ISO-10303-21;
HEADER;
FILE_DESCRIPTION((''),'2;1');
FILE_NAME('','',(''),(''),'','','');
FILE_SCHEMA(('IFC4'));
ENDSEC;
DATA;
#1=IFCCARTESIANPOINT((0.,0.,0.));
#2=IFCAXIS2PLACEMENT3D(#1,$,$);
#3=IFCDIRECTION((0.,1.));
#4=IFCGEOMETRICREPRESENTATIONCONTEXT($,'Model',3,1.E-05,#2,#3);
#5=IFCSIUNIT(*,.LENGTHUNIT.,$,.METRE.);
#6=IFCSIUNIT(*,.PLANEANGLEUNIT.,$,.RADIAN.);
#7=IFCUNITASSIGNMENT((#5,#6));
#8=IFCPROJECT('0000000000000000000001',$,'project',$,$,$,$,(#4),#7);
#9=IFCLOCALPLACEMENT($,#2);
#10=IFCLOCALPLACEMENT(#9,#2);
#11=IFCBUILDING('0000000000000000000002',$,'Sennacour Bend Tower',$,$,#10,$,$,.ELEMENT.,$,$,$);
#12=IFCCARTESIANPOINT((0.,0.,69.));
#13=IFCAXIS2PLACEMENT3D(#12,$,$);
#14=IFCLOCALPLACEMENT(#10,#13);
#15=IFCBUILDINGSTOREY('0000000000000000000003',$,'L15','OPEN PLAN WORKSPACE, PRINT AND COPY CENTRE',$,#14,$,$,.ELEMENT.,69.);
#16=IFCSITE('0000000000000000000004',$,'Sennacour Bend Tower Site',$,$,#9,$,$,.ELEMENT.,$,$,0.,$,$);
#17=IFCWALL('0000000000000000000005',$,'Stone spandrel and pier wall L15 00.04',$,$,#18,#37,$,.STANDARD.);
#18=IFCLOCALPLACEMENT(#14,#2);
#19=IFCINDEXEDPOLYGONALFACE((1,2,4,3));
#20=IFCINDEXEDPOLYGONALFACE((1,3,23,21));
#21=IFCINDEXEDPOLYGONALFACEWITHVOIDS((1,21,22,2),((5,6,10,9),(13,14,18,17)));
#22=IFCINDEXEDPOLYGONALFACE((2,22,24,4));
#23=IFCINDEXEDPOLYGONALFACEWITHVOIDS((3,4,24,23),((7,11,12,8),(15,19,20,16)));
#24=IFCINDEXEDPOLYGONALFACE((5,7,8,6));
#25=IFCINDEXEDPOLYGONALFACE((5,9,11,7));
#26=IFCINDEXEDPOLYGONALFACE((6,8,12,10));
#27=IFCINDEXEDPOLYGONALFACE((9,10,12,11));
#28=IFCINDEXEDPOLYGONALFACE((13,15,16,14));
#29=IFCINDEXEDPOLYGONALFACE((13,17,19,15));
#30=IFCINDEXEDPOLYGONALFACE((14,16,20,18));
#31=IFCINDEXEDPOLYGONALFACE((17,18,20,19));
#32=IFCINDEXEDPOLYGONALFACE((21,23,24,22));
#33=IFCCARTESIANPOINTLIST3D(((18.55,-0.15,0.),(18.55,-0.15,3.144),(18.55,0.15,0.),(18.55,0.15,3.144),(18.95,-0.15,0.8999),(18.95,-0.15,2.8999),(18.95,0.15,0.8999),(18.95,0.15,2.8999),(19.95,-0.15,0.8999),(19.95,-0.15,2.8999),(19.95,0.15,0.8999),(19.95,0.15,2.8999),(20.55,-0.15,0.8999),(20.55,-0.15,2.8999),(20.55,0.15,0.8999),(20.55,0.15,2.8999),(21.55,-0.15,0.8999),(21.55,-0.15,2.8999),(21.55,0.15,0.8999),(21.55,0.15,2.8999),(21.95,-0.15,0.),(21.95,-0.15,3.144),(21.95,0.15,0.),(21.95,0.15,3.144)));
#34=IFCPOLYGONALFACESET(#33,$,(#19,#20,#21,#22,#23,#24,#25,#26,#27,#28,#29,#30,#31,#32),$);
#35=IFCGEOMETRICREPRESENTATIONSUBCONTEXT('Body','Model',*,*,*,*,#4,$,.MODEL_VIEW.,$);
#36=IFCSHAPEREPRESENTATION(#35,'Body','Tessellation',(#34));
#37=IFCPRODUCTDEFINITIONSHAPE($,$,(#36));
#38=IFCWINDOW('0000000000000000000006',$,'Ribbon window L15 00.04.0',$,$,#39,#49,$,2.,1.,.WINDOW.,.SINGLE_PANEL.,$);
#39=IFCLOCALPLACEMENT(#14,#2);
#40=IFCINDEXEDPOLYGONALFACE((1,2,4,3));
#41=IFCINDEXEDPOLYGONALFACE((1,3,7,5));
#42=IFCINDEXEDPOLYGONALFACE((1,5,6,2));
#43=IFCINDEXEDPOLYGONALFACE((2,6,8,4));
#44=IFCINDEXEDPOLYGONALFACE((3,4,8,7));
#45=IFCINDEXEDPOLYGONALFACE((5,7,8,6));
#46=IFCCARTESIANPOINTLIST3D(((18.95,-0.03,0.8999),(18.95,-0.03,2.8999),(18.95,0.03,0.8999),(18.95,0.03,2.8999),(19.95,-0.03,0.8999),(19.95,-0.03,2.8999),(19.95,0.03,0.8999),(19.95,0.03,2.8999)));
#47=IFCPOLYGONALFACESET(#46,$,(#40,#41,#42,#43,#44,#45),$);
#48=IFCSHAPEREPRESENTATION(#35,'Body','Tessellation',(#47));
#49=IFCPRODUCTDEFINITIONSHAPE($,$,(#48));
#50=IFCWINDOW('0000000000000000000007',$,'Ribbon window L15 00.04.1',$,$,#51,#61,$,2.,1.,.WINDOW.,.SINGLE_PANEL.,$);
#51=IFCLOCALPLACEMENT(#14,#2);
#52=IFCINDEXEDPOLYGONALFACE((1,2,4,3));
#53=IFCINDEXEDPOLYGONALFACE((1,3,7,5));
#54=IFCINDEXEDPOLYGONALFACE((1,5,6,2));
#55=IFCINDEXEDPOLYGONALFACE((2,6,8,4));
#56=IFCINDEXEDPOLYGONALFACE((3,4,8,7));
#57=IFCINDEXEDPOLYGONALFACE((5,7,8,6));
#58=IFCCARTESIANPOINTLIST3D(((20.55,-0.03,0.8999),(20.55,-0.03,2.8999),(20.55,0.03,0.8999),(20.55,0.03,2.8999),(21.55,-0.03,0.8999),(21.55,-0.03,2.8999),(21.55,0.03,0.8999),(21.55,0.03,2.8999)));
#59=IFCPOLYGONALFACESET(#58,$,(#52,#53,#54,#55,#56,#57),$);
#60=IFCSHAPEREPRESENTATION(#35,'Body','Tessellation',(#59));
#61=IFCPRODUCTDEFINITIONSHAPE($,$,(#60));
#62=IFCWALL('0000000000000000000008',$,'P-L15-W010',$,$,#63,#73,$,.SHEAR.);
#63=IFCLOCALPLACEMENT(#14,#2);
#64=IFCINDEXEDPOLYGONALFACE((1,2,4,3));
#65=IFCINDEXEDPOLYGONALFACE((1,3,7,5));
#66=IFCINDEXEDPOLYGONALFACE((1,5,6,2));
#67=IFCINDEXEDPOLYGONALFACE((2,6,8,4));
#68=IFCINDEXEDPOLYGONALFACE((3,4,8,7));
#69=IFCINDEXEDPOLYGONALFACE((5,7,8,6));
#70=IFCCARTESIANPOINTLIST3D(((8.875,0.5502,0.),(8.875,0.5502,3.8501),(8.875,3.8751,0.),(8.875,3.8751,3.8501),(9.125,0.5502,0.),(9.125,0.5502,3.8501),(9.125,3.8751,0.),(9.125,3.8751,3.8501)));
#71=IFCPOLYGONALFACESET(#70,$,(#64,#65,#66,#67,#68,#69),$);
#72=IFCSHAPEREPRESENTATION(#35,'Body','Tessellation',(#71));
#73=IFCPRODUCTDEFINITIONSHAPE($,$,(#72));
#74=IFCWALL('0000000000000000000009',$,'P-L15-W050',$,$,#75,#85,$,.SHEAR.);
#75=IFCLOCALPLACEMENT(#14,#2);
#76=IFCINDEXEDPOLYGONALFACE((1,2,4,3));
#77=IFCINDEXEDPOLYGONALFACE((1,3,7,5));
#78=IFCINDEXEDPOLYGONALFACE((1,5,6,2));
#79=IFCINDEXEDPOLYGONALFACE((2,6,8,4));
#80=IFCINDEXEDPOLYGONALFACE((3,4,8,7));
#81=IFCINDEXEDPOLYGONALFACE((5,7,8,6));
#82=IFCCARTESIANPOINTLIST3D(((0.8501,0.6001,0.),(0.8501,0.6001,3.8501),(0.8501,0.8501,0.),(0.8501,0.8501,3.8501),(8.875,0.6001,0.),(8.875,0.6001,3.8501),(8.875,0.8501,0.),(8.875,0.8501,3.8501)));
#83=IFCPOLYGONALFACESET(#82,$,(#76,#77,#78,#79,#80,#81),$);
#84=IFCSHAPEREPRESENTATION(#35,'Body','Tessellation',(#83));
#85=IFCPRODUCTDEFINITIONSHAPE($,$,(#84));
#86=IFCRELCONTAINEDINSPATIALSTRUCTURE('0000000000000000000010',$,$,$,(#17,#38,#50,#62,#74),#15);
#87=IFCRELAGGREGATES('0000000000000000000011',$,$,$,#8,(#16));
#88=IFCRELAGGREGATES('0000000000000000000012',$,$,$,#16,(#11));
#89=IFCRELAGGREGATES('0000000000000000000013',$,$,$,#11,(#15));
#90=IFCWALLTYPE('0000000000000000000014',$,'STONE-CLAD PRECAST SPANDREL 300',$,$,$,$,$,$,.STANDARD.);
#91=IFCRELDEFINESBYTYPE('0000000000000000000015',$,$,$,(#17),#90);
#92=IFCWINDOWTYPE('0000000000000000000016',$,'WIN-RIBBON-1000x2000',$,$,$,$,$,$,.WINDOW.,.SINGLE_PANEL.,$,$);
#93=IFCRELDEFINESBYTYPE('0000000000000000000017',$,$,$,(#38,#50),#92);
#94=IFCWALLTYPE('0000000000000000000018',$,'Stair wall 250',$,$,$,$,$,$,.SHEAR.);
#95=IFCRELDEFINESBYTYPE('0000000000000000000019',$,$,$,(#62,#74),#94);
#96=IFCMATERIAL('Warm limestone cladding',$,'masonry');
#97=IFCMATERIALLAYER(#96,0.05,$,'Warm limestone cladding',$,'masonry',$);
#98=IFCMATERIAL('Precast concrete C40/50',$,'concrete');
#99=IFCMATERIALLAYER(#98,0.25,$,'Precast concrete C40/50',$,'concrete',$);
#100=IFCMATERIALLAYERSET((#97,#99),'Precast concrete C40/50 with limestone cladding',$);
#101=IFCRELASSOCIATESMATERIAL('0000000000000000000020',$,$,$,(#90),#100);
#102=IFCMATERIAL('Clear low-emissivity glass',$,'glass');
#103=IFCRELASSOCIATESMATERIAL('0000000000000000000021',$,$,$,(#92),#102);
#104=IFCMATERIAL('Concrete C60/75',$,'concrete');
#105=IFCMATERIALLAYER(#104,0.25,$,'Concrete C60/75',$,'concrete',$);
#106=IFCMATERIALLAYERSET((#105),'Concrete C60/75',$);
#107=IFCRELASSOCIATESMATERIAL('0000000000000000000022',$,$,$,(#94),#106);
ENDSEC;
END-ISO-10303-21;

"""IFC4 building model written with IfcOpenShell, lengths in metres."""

from ifc_helpers import new_model, si_unit, direction, frame, frame_2d, origin, place, context, subcontext, project, spatial, rectangle, extrude, material, layer, layer_set, type_object, element, fill, save


model = new_model("IFC4")

# Units and contexts
model_context = context("Model", 3, precision=1e-05, world=origin(), true_north=direction((0.0, 1.0)))
body_context = subcontext(model_context, "Body", "Model", "MODEL_VIEW")
ifc_project = project(units=[si_unit("LENGTHUNIT", "METRE"), si_unit("PLANEANGLEUNIT", "RADIAN")], contexts=[model_context])

# Site, building, storey
site_placement = place(None, origin())
site = spatial("IfcSite", under=ifc_project, at=site_placement, Name="Sennacour Bend Tower Site", CompositionType="ELEMENT", RefElevation=0.0)
building_placement = place(site_placement, origin())
building = spatial("IfcBuilding", under=site, at=building_placement, Name="Sennacour Bend Tower", CompositionType="ELEMENT")
storey_placement = place(building_placement, frame((0.0, 0.0, 69.0)))
storey = spatial("IfcBuildingStorey", under=building, at=storey_placement, Name="L15", Description="OPEN PLAN WORKSPACE, PRINT AND COPY CENTRE", CompositionType="ELEMENT", Elevation=69.0)

# Wall, openings, windows
ifc_material_1 = material(Name="Warm limestone cladding", Category="masonry")
ifc_layer_1 = layer(ifc_material_1, 0.05, Name="Warm limestone cladding", Category="masonry")
ifc_material_2 = material(Name="Precast concrete C40/50", Category="concrete")
ifc_layer_2 = layer(ifc_material_2, 0.25, Name="Precast concrete C40/50", Category="concrete")
ifc_layer_set_1 = layer_set([ifc_layer_1, ifc_layer_2], Name="Precast concrete C40/50 with limestone cladding")
wall_type_1 = type_object("IfcWallType", Name="STONE-CLAD PRECAST SPANDREL 300", PredefinedType="STANDARD", material=ifc_layer_set_1)
ifc_material_3 = material(Name="Clear low-emissivity glass", Category="glass")
window_type = type_object("IfcWindowType", Name="WIN-RIBBON-1000x2000", PartitioningType="SINGLE_PANEL", PredefinedType="WINDOW", material=ifc_material_3)
wall_1_placement = place(storey_placement, frame((18.55, 0.0, 0.0), z_axis=(0.0, 0.0, 1.0), x_axis=(1.0, 0.0, 0.0)))
wall_1 = element("IfcWall", 1, at=wall_1_placement, inside=storey, type_object=wall_type_1, Name="Stone spandrel and pier wall L15 00.04", PredefinedType="STANDARD", context=body_context, shape_type="SweptSolid", body=[
    extrude(rectangle(XDim=3.3999, YDim=0.3, at=frame_2d((1.7, 0.0))), origin(), (0.0, 0.0, 1.0), 3.144),
])
opening_1_placement = place(wall_1_placement, frame((0.3999, 0.0, 0.8999)))
opening_1 = element("IfcOpeningElement", 2, at=opening_1_placement, cuts=wall_1, PredefinedType="OPENING", context=body_context, shape_type="SweptSolid", body=[
    extrude(rectangle(XDim=1.0, YDim=2.0, at=frame_2d((0.5, 1.0))), frame((0.0, 0.1602, 0.0), z_axis=(0.0, -1.0, 0.0), x_axis=(1.0, 0.0, 0.0)), (0.0, 0.0, 1.0), 0.3201),
])
opening_2_placement = place(wall_1_placement, frame((2.0, 0.0, 0.8999)))
opening_2 = element("IfcOpeningElement", 3, at=opening_2_placement, cuts=wall_1, PredefinedType="OPENING", context=body_context, shape_type="SweptSolid", body=[
    extrude(rectangle(XDim=1.0, YDim=2.0, at=frame_2d((0.5, 1.0))), frame((0.0, 0.1602, 0.0), z_axis=(0.0, -1.0, 0.0), x_axis=(1.0, 0.0, 0.0)), (0.0, 0.0, 1.0), 0.3201),
])
window_1_placement = place(opening_1_placement, origin())
window_1 = element("IfcWindow", 4, at=window_1_placement, inside=storey, type_object=window_type, Name="Ribbon window L15 00.04.0", OverallHeight=2.0, OverallWidth=1.0, PartitioningType="SINGLE_PANEL", PredefinedType="WINDOW", context=body_context, shape_type="SweptSolid", body=[
    extrude(rectangle(XDim=1.0, YDim=2.0, at=frame_2d((0.5, 1.0))), frame((0.0, 0.03, 0.0), z_axis=(0.0, -1.0, 0.0), x_axis=(1.0, 0.0, 0.0)), (0.0, 0.0, 1.0), 0.0601),
])
fill(opening_1, window_1)
window_2_placement = place(opening_2_placement, origin())
window_2 = element("IfcWindow", 5, at=window_2_placement, inside=storey, type_object=window_type, Name="Ribbon window L15 00.04.1", OverallHeight=2.0, OverallWidth=1.0, PartitioningType="SINGLE_PANEL", PredefinedType="WINDOW", context=body_context, shape_type="SweptSolid", body=[
    extrude(rectangle(XDim=1.0, YDim=2.0, at=frame_2d((0.5, 1.0))), frame((0.0, 0.03, 0.0), z_axis=(0.0, -1.0, 0.0), x_axis=(1.0, 0.0, 0.0)), (0.0, 0.0, 1.0), 0.0601),
])
fill(opening_2, window_2)

# Walls
ifc_material_4 = material(Name="Concrete C60/75", Category="concrete")
ifc_layer_3 = layer(ifc_material_4, 0.25, Name="Concrete C60/75", Category="concrete")
ifc_layer_set_2 = layer_set([ifc_layer_3], Name="Concrete C60/75")
wall_type_2 = type_object("IfcWallType", Name="Stair wall 250", PredefinedType="SHEAR", material=ifc_layer_set_2)
wall_2_placement = place(storey_placement, frame((9.0, 0.55, 0.0), z_axis=(0.0, 0.0, 1.0), x_axis=(0.0, 1.0, 0.0)))
element("IfcWall", 6, at=wall_2_placement, inside=storey, type_object=wall_type_2, Name="P-L15-W010", PredefinedType="SHEAR", context=body_context, shape_type="SweptSolid", body=[
    extrude(rectangle(XDim=3.325, YDim=0.25, at=frame_2d((1.6626, 0.0))), origin(), (0.0, 0.0, 1.0), 3.8501),
])
wall_3_placement = place(storey_placement, frame((0.8501, 0.7251, 0.0), z_axis=(0.0, 0.0, 1.0), x_axis=(1.0, 0.0, 0.0)))
element("IfcWall", 7, at=wall_3_placement, inside=storey, type_object=wall_type_2, Name="P-L15-W050", PredefinedType="SHEAR", context=body_context, shape_type="SweptSolid", body=[
    extrude(rectangle(XDim=8.0249, YDim=0.25, at=frame_2d((4.0125, 0.0))), origin(), (0.0, 0.0, 1.0), 3.8501),
])

save(model, "model.ifc")
